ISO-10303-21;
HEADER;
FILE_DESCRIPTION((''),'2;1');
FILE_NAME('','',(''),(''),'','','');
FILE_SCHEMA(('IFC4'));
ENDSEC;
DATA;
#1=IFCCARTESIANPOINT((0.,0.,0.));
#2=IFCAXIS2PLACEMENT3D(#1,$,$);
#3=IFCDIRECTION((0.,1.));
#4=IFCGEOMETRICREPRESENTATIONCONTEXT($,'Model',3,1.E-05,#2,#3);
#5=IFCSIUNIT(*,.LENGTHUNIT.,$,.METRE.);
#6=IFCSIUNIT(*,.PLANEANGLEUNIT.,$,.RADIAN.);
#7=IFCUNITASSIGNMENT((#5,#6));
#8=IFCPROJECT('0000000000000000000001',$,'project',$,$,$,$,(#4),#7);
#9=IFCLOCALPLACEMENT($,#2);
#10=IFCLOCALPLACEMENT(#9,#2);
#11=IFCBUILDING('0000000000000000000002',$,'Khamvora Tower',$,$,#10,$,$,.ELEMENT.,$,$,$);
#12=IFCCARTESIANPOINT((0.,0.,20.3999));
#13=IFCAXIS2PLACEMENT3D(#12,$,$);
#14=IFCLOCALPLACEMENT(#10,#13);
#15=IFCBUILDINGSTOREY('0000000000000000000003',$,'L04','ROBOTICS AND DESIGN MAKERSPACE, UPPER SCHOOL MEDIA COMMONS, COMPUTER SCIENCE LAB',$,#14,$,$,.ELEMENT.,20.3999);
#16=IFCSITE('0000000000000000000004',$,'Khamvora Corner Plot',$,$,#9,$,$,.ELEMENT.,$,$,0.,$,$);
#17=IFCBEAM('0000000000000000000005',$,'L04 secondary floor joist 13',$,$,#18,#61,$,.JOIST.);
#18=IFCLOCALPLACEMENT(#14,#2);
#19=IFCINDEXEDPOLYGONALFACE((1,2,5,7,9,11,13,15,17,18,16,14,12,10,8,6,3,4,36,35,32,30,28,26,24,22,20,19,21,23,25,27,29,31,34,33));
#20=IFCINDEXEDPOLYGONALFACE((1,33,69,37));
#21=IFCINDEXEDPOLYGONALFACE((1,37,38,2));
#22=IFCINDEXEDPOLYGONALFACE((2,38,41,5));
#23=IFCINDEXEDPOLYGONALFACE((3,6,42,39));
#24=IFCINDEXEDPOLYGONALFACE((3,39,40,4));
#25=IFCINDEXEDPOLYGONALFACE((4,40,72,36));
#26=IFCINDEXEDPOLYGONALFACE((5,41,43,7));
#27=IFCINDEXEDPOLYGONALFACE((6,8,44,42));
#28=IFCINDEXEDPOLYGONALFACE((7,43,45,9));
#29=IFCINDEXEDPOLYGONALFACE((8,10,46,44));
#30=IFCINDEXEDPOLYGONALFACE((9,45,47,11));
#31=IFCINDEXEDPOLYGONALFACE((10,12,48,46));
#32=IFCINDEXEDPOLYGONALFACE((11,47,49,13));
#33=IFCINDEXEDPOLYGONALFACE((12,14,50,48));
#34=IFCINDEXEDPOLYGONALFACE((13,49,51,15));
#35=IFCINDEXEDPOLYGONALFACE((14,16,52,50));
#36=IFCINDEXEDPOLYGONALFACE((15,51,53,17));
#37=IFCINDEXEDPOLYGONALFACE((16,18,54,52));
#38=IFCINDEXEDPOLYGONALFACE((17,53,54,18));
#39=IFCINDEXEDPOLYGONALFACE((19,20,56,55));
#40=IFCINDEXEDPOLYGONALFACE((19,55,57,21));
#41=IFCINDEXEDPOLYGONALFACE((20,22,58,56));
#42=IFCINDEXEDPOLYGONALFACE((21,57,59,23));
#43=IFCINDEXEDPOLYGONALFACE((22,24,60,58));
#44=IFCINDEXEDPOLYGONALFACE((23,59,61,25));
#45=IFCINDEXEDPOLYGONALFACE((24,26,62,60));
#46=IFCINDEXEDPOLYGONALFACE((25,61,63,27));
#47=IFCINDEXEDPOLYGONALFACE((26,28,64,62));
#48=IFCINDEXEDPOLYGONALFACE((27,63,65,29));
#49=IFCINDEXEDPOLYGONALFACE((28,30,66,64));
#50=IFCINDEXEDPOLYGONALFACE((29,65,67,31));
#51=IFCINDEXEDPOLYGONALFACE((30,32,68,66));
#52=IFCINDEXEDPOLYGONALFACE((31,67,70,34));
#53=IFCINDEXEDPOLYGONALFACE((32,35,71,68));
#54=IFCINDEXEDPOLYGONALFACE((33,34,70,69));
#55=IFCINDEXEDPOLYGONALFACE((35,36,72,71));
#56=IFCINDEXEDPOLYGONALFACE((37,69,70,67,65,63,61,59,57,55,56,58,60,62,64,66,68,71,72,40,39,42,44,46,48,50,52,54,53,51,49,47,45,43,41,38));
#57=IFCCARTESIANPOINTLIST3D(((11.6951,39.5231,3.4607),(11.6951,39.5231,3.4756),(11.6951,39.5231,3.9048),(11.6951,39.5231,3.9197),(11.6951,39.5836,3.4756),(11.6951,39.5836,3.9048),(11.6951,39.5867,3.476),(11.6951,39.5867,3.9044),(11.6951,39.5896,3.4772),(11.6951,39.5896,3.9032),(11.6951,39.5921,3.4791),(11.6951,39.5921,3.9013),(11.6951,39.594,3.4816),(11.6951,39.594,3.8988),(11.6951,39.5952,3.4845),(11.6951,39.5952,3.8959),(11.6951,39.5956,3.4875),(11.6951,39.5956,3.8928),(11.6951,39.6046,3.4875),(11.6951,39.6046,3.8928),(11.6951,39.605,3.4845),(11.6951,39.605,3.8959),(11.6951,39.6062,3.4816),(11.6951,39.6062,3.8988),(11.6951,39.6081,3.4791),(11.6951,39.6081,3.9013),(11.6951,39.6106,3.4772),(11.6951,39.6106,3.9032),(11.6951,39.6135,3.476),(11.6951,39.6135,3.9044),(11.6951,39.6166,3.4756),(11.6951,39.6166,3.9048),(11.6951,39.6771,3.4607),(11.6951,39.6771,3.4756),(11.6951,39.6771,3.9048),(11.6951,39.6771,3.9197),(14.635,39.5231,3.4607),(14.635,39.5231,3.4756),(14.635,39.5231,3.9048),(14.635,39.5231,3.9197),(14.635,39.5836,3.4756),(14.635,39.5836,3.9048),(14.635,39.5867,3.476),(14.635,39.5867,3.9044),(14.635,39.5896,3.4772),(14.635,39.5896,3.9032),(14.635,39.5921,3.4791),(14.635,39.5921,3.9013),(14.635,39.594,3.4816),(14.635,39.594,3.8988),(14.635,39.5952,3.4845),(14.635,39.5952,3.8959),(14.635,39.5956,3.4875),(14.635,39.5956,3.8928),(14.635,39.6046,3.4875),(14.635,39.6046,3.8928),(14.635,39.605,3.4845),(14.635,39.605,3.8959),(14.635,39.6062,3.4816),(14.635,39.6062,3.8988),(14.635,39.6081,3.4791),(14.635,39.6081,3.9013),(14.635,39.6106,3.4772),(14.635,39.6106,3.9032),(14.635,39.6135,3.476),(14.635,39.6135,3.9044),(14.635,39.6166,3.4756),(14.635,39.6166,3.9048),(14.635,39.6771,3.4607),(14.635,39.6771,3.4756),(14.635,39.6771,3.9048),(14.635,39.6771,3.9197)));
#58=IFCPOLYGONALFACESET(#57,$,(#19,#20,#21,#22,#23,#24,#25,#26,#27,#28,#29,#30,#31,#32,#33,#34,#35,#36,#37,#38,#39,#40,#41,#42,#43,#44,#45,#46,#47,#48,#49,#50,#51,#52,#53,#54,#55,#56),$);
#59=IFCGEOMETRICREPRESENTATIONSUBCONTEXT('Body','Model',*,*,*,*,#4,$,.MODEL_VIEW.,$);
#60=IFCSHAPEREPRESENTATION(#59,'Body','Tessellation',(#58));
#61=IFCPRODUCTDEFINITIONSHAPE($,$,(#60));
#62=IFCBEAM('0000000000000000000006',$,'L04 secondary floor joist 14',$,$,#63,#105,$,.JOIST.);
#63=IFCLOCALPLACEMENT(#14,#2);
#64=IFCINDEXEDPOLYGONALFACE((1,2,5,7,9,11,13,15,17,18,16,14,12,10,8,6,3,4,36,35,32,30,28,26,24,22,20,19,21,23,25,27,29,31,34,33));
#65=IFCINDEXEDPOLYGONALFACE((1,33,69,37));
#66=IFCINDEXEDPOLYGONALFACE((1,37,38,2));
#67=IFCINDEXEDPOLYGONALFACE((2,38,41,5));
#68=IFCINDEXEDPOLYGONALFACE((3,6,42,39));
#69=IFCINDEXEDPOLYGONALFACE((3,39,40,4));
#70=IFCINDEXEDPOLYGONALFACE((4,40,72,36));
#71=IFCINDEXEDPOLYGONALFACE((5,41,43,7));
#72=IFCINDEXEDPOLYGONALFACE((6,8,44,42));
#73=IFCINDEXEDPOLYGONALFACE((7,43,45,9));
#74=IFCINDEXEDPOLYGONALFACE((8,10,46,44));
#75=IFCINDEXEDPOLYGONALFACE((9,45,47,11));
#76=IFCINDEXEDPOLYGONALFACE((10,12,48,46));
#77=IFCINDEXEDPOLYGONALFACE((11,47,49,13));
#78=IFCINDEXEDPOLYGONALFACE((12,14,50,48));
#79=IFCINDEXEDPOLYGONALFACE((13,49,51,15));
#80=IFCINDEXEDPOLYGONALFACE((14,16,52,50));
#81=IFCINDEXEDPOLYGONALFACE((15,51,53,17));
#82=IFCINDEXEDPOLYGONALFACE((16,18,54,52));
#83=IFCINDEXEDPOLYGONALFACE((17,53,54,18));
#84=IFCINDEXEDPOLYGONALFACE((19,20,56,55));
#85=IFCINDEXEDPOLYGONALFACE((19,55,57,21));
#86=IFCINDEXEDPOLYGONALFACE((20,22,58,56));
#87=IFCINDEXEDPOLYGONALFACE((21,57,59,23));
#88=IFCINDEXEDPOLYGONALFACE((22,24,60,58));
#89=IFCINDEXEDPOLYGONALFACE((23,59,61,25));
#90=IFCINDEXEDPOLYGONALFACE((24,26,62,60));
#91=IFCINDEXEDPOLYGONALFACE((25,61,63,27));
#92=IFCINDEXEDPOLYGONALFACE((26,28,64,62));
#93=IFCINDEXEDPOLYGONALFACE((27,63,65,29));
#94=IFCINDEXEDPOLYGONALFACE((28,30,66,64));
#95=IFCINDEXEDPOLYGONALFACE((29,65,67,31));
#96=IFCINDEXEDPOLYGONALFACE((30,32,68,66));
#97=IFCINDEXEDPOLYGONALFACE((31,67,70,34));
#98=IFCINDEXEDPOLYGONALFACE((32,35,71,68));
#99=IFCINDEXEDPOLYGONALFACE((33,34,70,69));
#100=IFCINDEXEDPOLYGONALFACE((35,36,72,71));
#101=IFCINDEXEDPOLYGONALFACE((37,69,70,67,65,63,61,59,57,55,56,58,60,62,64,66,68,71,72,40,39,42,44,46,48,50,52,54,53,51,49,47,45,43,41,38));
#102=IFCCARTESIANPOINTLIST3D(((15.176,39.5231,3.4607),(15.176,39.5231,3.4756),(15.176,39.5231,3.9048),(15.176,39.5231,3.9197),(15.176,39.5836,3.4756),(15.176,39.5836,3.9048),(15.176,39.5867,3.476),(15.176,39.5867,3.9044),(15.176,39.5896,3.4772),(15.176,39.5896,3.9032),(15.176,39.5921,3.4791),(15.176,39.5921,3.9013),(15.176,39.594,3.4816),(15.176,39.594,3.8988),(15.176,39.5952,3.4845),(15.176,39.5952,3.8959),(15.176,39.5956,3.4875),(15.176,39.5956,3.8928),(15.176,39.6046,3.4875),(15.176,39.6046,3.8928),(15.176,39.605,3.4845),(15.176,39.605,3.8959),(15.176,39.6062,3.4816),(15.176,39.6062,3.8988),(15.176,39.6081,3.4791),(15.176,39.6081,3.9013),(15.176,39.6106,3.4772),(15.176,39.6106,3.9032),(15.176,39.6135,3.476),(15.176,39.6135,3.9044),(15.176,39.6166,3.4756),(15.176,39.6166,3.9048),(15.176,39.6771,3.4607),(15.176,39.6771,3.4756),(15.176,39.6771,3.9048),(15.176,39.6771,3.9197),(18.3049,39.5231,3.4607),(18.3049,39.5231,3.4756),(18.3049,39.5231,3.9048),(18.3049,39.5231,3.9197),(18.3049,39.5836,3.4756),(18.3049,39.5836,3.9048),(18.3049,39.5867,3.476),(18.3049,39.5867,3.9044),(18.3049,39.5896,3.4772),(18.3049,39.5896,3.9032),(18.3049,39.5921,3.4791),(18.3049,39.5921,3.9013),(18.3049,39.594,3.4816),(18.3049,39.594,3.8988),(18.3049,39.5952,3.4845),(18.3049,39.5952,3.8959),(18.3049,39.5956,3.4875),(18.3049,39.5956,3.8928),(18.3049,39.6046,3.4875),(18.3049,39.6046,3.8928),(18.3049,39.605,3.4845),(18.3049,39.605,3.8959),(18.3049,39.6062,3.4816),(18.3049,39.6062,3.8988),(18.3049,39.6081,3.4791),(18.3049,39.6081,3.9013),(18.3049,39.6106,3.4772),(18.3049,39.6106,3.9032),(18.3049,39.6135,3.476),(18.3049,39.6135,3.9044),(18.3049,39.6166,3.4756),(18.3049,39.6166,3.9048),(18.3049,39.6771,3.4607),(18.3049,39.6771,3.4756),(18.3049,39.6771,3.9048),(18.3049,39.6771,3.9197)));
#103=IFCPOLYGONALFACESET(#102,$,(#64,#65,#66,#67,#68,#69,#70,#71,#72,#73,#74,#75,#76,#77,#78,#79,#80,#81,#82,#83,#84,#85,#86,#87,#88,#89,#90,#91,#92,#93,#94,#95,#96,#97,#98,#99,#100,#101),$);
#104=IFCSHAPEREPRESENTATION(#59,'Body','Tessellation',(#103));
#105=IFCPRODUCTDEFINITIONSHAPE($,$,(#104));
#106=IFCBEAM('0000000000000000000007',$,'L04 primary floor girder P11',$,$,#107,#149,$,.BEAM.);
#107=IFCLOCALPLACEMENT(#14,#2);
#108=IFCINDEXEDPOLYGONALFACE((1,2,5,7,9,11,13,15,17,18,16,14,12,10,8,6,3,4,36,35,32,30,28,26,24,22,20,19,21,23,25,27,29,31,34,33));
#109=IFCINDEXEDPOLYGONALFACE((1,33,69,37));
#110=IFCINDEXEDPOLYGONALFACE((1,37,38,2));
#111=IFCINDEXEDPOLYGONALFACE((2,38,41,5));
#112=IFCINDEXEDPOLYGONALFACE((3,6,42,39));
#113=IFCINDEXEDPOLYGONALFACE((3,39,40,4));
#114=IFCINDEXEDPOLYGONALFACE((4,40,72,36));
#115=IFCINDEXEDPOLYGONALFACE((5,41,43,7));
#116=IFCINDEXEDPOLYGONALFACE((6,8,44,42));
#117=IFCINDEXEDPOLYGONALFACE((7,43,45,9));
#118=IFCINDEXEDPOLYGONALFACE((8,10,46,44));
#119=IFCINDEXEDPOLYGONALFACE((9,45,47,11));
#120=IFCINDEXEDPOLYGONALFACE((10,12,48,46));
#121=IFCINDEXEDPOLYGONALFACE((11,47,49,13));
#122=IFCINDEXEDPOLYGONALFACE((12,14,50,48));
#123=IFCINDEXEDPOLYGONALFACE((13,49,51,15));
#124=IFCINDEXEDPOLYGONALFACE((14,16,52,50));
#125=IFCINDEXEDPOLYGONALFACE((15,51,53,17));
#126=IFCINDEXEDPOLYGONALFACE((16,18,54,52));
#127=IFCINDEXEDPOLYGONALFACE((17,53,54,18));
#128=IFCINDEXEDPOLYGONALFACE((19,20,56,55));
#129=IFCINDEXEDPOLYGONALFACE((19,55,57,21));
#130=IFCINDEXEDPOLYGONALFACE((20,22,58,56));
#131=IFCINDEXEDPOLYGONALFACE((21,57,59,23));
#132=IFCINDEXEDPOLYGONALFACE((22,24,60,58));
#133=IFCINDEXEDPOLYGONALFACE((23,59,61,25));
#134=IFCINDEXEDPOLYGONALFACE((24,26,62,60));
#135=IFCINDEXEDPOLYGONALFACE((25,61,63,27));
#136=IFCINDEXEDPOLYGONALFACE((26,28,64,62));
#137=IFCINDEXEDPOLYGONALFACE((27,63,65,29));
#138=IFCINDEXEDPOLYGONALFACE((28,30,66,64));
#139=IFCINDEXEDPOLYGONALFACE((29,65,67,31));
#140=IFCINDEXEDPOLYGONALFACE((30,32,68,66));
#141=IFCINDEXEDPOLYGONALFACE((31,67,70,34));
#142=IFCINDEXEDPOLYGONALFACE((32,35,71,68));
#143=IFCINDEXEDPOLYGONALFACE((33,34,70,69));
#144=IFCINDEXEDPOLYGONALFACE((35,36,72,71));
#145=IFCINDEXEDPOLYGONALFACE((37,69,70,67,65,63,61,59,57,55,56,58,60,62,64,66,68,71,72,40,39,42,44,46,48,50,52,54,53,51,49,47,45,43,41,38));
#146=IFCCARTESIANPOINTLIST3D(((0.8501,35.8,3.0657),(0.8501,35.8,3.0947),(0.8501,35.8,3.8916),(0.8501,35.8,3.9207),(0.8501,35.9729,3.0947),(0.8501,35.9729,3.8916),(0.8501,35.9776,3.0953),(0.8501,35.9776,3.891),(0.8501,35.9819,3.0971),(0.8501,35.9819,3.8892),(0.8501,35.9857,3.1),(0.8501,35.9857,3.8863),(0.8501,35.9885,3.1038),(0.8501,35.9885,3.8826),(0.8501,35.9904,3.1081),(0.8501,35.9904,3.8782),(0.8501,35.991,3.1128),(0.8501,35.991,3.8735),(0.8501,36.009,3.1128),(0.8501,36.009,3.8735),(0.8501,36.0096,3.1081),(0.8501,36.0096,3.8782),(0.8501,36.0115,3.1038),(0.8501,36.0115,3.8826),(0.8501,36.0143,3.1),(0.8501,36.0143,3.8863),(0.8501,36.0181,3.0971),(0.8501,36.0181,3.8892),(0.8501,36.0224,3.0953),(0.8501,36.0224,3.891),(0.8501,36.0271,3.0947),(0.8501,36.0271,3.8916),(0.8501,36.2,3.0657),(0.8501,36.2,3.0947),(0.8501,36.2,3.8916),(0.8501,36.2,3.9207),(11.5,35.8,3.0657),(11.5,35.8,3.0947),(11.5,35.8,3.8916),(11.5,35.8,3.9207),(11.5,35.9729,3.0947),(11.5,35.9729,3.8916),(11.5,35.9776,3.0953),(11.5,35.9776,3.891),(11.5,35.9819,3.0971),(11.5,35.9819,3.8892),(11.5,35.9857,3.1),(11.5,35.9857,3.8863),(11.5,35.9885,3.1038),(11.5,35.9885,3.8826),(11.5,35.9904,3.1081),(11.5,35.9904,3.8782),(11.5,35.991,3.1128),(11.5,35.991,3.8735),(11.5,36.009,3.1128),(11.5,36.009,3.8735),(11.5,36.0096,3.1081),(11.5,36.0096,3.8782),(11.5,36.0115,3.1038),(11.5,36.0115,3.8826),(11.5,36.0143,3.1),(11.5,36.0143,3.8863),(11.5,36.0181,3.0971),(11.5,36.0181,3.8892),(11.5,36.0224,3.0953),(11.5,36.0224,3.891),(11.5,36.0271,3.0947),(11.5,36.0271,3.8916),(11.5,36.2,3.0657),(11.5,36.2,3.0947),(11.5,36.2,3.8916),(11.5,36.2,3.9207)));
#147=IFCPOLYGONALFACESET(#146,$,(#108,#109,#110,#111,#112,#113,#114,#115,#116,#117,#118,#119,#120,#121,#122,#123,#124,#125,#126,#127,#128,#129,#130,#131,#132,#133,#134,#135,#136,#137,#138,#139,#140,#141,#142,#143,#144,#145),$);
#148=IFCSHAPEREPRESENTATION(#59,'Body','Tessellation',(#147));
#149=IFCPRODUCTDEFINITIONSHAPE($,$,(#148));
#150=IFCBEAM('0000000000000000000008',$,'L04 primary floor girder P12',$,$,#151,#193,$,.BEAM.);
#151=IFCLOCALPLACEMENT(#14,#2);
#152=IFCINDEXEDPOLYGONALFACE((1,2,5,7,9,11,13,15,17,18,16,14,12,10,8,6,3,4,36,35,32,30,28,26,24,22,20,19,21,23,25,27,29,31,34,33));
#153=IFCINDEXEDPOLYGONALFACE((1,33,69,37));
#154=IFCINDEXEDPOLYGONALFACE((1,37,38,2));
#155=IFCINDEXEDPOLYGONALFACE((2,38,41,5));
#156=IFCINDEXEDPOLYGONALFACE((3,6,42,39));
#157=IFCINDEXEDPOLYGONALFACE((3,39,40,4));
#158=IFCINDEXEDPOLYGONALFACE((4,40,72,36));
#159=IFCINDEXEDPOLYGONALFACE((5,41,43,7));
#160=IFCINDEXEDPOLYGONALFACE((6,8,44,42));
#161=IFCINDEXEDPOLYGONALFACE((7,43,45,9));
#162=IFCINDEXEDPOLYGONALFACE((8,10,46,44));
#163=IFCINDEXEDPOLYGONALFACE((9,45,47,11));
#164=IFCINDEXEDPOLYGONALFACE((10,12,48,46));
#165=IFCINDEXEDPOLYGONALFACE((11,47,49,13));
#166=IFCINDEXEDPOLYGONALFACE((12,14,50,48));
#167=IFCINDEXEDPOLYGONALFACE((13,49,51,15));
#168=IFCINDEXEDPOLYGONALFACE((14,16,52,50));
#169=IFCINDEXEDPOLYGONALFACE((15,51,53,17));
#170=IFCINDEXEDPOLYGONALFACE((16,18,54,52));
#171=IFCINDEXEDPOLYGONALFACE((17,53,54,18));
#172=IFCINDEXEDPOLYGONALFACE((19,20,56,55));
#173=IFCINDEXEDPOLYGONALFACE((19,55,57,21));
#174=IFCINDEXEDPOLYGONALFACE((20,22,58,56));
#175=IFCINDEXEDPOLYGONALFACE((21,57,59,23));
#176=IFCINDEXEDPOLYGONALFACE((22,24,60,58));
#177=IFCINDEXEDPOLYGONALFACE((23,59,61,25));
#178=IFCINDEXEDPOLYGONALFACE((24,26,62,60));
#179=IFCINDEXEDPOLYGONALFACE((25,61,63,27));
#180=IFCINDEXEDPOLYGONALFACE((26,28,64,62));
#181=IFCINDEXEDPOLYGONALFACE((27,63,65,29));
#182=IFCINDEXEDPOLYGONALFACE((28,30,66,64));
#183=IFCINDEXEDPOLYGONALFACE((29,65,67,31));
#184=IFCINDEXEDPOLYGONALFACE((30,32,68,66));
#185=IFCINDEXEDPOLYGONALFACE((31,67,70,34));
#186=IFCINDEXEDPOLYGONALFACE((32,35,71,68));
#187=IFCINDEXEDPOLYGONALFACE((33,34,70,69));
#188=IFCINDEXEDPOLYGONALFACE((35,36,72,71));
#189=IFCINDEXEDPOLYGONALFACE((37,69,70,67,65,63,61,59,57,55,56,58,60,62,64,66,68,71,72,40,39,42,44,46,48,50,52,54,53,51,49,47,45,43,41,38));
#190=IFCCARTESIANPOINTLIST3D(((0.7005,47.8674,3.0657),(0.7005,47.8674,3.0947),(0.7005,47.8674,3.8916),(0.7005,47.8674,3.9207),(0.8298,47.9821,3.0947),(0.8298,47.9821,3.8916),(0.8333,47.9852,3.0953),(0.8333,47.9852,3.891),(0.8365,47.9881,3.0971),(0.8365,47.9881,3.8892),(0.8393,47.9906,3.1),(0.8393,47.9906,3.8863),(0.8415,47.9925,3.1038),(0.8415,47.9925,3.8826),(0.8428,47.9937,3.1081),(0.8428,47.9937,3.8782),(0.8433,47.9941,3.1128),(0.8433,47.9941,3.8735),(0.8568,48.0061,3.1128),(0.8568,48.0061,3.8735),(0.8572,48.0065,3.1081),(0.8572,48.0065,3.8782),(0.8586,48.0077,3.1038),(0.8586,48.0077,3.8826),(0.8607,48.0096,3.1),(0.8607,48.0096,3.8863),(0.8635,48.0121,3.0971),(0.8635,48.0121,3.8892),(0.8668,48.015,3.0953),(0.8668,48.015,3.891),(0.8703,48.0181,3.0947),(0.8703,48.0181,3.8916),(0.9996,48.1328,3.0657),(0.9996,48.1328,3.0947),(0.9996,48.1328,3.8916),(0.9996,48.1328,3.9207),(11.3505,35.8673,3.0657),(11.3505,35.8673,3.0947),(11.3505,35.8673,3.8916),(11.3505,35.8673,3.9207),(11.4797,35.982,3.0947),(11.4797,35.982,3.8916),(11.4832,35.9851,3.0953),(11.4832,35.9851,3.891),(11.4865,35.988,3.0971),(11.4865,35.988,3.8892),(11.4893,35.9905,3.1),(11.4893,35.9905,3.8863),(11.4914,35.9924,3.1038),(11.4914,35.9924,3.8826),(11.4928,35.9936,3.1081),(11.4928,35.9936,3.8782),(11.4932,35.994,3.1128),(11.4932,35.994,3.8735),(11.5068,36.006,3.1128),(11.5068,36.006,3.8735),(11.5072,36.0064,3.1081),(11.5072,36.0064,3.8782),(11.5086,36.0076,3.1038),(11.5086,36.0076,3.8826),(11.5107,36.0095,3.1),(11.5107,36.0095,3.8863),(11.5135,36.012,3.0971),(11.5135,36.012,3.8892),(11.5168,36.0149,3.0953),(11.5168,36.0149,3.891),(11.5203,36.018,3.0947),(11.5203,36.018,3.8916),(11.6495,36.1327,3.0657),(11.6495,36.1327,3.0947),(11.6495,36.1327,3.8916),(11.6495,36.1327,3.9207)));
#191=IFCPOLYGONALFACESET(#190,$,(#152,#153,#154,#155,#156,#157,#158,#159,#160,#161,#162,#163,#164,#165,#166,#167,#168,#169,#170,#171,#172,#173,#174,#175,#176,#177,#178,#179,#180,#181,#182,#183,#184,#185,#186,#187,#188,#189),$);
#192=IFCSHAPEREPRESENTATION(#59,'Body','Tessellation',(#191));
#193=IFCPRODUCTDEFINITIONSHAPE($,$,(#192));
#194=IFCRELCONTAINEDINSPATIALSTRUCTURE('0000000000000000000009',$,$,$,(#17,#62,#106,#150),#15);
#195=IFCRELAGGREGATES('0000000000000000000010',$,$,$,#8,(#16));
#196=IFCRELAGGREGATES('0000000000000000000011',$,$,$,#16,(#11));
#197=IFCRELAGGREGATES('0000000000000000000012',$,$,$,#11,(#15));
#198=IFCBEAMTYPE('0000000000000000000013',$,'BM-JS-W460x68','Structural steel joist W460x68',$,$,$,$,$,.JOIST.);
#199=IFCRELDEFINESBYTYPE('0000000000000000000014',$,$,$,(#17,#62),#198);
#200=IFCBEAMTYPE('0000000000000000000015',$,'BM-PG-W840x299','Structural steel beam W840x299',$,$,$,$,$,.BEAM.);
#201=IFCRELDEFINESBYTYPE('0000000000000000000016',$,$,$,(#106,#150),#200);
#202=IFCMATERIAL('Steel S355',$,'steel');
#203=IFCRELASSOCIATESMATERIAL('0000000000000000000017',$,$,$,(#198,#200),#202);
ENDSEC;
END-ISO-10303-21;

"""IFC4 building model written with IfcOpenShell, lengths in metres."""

from ifc_helpers import new_model, si_unit, direction, frame, origin, origin_2d, place, context, subcontext, project, spatial, i_section, extrude, material, material_profile, profile_set, type_object, element, save


model = new_model("IFC4")

# Units and contexts
model_context = context("Model", 3, precision=1e-05, world=origin(), true_north=direction((0.0, 1.0)))
body_context = subcontext(model_context, "Body", "Model", "MODEL_VIEW")
ifc_project = project(units=[si_unit("LENGTHUNIT", "METRE"), si_unit("PLANEANGLEUNIT", "RADIAN")], contexts=[model_context])

# Site, building, storey
site_placement = place(None, origin())
site = spatial("IfcSite", under=ifc_project, at=site_placement, Name="Khamvora Corner Plot", CompositionType="ELEMENT", RefElevation=0.0)
building_placement = place(site_placement, origin())
building = spatial("IfcBuilding", under=site, at=building_placement, Name="Khamvora Tower", CompositionType="ELEMENT")
storey_placement = place(building_placement, frame((0.0, 0.0, 20.3999)))
storey = spatial("IfcBuildingStorey", under=building, at=storey_placement, Name="L04", Description="ROBOTICS AND DESIGN MAKERSPACE, UPPER SCHOOL MEDIA COMMONS, COMPUTER SCIENCE LAB", CompositionType="ELEMENT", Elevation=20.3999)

# Beams
ifc_material_1 = material(Name="Steel S355", Category="steel")
ifc_material_profile_1 = material_profile(ifc_material_1, i_section(OverallWidth=0.1541, OverallDepth=0.459, WebThickness=0.009, FlangeThickness=0.0149, FilletRadius=0.012, at=origin_2d()), Name="W460x68")
ifc_profile_set_1 = profile_set([ifc_material_profile_1], Name="Steel S355")
beam_type_1 = type_object("IfcBeamType", Name="BM-JS-W460x68", Description="Structural steel joist W460x68", PredefinedType="JOIST", material=ifc_profile_set_1)
beam_1_placement = place(storey_placement, frame((11.6951, 39.6001, 3.6902), z_axis=(1.0, 0.0, 0.0), x_axis=(0.0, 1.0, 0.0)))
element("IfcBeam", 1, at=beam_1_placement, inside=storey, type_object=beam_type_1, Name="L04 secondary floor joist 13", PredefinedType="JOIST", context=body_context, shape_type="SweptSolid", body=[
    extrude(i_section(OverallWidth=0.1541, OverallDepth=0.459, WebThickness=0.009, FlangeThickness=0.0149, FilletRadius=0.012, at=origin_2d()), origin(), (0.0, 0.0, 1.0), 2.9399),
])
beam_2_placement = place(storey_placement, frame((15.176, 39.6001, 3.6902), z_axis=(1.0, 0.0, 0.0), x_axis=(0.0, 1.0, 0.0)))
element("IfcBeam", 2, at=beam_2_placement, inside=storey, type_object=beam_type_1, Name="L04 secondary floor joist 14", PredefinedType="JOIST", context=body_context, shape_type="SweptSolid", body=[
    extrude(i_section(OverallWidth=0.1541, OverallDepth=0.459, WebThickness=0.009, FlangeThickness=0.0149, FilletRadius=0.012, at=origin_2d()), origin(), (0.0, 0.0, 1.0), 3.1289),
])
ifc_material_profile_2 = material_profile(ifc_material_1, i_section(OverallWidth=0.3999, OverallDepth=0.855, WebThickness=0.0181, FlangeThickness=0.0291, FilletRadius=0.0181, at=origin_2d()), Name="W840x299")
ifc_profile_set_2 = profile_set([ifc_material_profile_2], Name="Steel S355")
beam_type_2 = type_object("IfcBeamType", Name="BM-PG-W840x299", Description="Structural steel beam W840x299", PredefinedType="BEAM", material=ifc_profile_set_2)
beam_3_placement = place(storey_placement, frame((11.5, 36.0, 3.4932), z_axis=(-1.0, 0.0, 0.0), x_axis=(0.0, -1.0, 0.0)))
element("IfcBeam", 3, at=beam_3_placement, inside=storey, type_object=beam_type_2, Name="L04 primary floor girder P11", PredefinedType="BEAM", context=body_context, shape_type="SweptSolid", body=[
    extrude(i_section(OverallWidth=0.3999, OverallDepth=0.855, WebThickness=0.0181, FlangeThickness=0.0291, FilletRadius=0.0181, at=origin_2d()), origin(), (0.0, 0.0, 1.0), 10.6499),
])
beam_4_placement = place(storey_placement, frame((11.5, 36.0, 3.4932), z_axis=(-0.66378, 0.747928, 0.0), x_axis=(-0.747928, -0.66378, 0.0)))
element("IfcBeam", 4, at=beam_4_placement, inside=storey, type_object=beam_type_2, Name="L04 primary floor girder P12", PredefinedType="BEAM", context=body_context, shape_type="SweptSolid", body=[
    extrude(i_section(OverallWidth=0.3999, OverallDepth=0.855, WebThickness=0.0181, FlangeThickness=0.0291, FilletRadius=0.0181, at=origin_2d()), origin(), (0.0, 0.0, 1.0), 16.0444),
])

save(model, "model.ifc")
